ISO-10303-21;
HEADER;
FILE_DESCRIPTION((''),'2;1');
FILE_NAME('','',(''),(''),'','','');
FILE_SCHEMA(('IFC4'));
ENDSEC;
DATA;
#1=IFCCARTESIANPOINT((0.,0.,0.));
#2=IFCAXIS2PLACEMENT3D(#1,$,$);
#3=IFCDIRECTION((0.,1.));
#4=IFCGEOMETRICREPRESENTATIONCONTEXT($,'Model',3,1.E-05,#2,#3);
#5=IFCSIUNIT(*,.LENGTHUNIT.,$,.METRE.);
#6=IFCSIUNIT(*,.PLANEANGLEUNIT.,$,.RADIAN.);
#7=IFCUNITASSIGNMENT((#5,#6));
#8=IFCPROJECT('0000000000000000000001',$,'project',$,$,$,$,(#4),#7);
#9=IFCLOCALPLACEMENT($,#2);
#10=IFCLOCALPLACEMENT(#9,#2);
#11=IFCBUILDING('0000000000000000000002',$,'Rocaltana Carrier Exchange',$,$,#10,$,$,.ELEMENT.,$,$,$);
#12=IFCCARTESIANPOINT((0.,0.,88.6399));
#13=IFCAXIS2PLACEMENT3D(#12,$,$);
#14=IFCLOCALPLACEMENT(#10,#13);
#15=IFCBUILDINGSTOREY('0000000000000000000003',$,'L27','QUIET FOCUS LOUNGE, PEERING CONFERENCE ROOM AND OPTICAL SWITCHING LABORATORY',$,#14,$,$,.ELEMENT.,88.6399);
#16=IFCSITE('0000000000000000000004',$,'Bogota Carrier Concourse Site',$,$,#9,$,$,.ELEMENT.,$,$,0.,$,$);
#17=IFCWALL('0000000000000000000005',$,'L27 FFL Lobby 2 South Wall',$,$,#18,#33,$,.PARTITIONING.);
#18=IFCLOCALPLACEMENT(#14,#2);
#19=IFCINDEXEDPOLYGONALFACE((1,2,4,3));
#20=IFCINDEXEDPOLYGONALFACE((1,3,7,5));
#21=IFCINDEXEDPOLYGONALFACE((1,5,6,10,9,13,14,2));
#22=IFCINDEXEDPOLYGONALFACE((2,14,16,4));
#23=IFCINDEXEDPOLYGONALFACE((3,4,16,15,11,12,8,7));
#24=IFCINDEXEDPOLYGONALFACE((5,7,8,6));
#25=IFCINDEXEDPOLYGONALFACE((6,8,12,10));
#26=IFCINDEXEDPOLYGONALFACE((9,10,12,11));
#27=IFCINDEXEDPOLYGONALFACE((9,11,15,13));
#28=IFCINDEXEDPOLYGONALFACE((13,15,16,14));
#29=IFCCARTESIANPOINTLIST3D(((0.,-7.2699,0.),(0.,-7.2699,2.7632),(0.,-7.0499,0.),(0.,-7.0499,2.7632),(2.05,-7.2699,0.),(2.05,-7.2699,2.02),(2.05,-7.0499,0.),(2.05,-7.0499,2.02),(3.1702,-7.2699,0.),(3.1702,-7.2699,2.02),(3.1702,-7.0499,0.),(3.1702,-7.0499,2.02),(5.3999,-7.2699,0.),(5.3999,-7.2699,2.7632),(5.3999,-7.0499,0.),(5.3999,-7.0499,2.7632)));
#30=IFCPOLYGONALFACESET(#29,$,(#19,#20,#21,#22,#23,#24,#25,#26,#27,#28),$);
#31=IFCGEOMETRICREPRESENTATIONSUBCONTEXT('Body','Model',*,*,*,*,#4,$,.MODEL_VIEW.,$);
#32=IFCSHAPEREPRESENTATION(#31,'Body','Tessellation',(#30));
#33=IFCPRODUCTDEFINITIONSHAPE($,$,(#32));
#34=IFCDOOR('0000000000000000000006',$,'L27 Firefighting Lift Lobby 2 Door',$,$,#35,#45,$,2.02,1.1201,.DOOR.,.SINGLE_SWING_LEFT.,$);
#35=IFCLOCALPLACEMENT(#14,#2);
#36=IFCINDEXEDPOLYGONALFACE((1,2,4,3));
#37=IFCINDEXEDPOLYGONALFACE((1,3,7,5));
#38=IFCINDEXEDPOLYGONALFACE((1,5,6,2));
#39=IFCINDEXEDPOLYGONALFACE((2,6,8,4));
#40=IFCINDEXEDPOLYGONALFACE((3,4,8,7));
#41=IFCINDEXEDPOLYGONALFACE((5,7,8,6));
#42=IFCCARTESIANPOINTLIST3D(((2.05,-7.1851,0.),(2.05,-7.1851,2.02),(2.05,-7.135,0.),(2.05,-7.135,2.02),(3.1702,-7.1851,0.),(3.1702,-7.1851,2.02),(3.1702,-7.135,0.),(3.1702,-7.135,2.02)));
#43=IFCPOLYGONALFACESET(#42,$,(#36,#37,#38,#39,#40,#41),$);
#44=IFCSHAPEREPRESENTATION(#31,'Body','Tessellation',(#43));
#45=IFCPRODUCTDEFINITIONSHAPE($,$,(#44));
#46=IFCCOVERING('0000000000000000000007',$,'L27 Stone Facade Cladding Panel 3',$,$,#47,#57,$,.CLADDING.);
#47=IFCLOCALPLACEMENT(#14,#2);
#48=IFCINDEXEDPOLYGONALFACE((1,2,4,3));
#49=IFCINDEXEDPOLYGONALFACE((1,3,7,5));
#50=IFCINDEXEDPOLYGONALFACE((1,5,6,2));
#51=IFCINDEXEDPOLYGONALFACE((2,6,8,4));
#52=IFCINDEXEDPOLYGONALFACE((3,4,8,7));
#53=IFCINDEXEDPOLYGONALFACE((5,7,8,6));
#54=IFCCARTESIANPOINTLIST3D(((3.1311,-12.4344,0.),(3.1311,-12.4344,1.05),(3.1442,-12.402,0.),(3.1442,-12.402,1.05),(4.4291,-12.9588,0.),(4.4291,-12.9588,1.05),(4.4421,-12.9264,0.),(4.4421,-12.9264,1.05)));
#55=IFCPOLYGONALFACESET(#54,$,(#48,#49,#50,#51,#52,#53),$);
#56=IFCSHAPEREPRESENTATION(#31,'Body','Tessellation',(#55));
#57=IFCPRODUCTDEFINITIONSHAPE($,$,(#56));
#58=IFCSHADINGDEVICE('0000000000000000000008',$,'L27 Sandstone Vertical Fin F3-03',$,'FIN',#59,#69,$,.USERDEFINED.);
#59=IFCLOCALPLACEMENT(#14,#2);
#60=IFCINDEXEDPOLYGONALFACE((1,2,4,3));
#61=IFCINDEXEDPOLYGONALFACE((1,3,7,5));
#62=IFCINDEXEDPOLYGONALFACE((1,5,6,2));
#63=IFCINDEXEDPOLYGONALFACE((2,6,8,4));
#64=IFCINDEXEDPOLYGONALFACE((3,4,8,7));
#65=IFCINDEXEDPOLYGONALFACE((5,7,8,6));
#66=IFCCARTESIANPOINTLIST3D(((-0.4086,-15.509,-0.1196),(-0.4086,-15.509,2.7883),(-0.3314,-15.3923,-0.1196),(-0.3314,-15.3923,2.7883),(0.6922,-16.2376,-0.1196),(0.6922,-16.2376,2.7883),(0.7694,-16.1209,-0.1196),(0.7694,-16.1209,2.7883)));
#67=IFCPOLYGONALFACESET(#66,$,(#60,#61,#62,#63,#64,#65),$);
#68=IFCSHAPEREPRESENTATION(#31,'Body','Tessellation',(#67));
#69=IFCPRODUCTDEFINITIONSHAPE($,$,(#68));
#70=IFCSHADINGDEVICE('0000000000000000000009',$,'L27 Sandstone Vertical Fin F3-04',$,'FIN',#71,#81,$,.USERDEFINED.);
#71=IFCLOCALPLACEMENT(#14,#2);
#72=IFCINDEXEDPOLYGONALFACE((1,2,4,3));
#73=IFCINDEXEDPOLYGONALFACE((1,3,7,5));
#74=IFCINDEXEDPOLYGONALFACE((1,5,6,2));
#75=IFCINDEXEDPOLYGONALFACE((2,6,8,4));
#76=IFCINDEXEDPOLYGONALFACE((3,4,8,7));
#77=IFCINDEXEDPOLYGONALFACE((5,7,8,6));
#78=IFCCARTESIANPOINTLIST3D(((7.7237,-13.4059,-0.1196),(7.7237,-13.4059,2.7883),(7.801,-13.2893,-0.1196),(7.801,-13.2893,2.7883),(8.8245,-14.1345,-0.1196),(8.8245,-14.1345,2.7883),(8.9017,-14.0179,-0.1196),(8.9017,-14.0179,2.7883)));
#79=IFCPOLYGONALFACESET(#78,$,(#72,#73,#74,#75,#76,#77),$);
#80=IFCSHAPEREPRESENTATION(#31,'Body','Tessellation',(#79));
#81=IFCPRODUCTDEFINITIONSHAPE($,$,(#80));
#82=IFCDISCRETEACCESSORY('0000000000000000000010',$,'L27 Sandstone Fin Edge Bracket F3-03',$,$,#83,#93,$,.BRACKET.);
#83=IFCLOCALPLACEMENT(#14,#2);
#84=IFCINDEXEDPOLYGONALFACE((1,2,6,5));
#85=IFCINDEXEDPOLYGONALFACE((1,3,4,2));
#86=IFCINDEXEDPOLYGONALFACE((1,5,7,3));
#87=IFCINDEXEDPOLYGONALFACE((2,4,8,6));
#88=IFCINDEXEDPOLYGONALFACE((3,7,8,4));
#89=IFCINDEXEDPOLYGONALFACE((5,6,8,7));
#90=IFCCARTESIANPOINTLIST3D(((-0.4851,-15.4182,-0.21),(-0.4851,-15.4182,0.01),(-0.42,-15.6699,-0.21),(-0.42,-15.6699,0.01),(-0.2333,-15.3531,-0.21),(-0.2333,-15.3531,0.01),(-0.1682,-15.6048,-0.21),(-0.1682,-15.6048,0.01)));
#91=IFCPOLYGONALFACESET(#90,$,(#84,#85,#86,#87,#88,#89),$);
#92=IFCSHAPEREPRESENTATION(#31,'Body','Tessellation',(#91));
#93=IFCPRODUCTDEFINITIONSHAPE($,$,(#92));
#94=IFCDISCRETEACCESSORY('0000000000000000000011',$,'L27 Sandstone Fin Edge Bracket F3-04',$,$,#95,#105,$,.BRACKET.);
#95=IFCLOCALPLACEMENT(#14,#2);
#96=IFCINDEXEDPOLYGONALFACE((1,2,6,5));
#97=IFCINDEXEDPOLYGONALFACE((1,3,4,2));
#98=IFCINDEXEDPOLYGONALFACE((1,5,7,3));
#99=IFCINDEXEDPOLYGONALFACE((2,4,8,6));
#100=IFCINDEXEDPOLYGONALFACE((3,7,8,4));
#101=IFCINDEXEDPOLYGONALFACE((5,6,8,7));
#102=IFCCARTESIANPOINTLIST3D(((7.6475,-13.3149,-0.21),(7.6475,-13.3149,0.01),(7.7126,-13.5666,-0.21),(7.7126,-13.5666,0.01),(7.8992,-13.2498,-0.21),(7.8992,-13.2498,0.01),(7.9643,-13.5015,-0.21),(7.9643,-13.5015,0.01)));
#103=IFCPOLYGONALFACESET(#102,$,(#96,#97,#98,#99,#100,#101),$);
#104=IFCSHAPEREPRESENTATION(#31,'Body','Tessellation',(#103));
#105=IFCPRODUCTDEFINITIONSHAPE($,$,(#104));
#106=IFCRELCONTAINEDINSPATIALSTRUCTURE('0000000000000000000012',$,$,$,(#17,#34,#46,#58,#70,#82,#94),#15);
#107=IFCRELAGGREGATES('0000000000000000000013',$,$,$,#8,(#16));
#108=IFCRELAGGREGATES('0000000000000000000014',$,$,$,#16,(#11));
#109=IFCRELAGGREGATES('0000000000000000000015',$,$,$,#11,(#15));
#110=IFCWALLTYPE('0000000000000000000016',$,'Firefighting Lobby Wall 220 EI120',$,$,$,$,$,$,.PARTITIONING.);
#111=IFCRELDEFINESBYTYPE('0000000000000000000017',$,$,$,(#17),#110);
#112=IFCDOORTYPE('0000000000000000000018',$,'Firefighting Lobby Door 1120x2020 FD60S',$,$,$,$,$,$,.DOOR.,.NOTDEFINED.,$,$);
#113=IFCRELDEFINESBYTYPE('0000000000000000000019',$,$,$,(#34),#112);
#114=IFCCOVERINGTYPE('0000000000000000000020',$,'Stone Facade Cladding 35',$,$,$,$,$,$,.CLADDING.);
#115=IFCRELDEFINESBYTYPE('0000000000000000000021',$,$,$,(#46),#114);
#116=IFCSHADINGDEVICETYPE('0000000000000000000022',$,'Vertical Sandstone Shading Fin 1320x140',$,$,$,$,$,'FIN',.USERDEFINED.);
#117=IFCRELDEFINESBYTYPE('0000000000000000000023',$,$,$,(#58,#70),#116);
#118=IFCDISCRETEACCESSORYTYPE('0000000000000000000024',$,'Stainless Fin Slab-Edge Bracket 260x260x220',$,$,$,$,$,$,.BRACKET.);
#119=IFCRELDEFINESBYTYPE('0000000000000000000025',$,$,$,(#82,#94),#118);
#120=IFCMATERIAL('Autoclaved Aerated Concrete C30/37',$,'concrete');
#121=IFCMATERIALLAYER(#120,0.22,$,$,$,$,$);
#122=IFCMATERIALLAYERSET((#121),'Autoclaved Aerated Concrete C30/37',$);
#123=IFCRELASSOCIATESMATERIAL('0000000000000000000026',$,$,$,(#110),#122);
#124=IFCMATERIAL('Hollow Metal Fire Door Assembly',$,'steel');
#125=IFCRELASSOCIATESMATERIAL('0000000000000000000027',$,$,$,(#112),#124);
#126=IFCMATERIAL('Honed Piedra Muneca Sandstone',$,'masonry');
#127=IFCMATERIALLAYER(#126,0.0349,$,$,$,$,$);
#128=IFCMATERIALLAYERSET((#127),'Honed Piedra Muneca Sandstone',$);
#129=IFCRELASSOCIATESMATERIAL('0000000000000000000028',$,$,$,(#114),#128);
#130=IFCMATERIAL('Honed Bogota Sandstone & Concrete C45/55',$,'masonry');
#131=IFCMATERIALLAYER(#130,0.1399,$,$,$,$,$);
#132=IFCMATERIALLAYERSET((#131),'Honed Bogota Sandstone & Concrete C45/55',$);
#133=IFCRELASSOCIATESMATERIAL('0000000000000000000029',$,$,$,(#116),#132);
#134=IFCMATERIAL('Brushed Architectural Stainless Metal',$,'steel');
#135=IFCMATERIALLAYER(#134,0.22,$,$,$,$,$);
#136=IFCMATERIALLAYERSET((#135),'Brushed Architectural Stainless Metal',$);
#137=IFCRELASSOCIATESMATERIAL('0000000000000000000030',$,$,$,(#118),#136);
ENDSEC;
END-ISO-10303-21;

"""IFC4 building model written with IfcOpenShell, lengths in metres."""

from ifc_helpers import new_model, si_unit, direction, frame, frame_2d, origin, origin_2d, place, context, subcontext, project, spatial, rectangle, extrude, material, layer, layer_set, type_object, element, fill, save


model = new_model("IFC4")

# Units and contexts
model_context = context("Model", 3, precision=1e-05, world=origin(), true_north=direction((0.0, 1.0)))
body_context = subcontext(model_context, "Body", "Model", "MODEL_VIEW")
ifc_project = project(units=[si_unit("LENGTHUNIT", "METRE"), si_unit("PLANEANGLEUNIT", "RADIAN")], contexts=[model_context])

# Site, building, storey
site_placement = place(None, origin())
site = spatial("IfcSite", under=ifc_project, at=site_placement, Name="Bogota Carrier Concourse Site", CompositionType="ELEMENT", RefElevation=0.0)
building_placement = place(site_placement, origin())
building = spatial("IfcBuilding", under=site, at=building_placement, Name="Rocaltana Carrier Exchange", CompositionType="ELEMENT")
storey_placement = place(building_placement, frame((0.0, 0.0, 88.6399)))
storey = spatial("IfcBuildingStorey", under=building, at=storey_placement, Name="L27", Description="QUIET FOCUS LOUNGE, PEERING CONFERENCE ROOM AND OPTICAL SWITCHING LABORATORY", CompositionType="ELEMENT", Elevation=88.6399)

# Shared definitions
ifc_material_1 = material(Name="Autoclaved Aerated Concrete C30/37", Category="concrete")
ifc_layer_1 = layer(ifc_material_1, 0.22)
ifc_layer_set_1 = layer_set([ifc_layer_1], Name="Autoclaved Aerated Concrete C30/37")
wall_type_1 = type_object("IfcWallType", Name="Firefighting Lobby Wall 220 EI120", PredefinedType="PARTITIONING", material=ifc_layer_set_1)

# Wall, opening, door
wall_1_placement = place(storey_placement, frame((0.0, -7.1599, 0.0), z_axis=(0.0, 0.0, 1.0), x_axis=(1.0, 0.0, 0.0)))
wall_1 = element("IfcWall", 1, at=wall_1_placement, inside=storey, type_object=wall_type_1, Name="L27 FFL Lobby 2 South Wall", PredefinedType="PARTITIONING", context=body_context, shape_type="SweptSolid", body=[
    extrude(rectangle(XDim=5.3999, YDim=0.22, at=frame_2d((2.7, 0.0))), origin(), (0.0, 0.0, 1.0), 2.7632),
])
opening_1_placement = place(wall_1_placement, frame((2.05, 0.0, 0.0)))
opening_1 = element("IfcOpeningElement", 2, at=opening_1_placement, cuts=wall_1, PredefinedType="OPENING", context=body_context, shape_type="SweptSolid", body=[
    extrude(rectangle(XDim=1.1201, YDim=2.02, at=frame_2d((0.5601, 1.01))), frame((0.0, 0.1199, 0.0), z_axis=(0.0, -1.0, 0.0), x_axis=(1.0, 0.0, 0.0)), (0.0, 0.0, 1.0), 0.24),
])
ifc_material_2 = material(Name="Hollow Metal Fire Door Assembly", Category="steel")
door_type_1 = type_object("IfcDoorType", Name="Firefighting Lobby Door 1120x2020 FD60S", OperationType="NOTDEFINED", PredefinedType="DOOR", material=ifc_material_2)
door_1_placement = place(opening_1_placement, origin())
door_1 = element("IfcDoor", 3, at=door_1_placement, inside=storey, type_object=door_type_1, Name="L27 Firefighting Lift Lobby 2 Door", OperationType="SINGLE_SWING_LEFT", OverallHeight=2.02, OverallWidth=1.1201, PredefinedType="DOOR", context=body_context, shape_type="SweptSolid", body=[
    extrude(rectangle(XDim=1.1201, YDim=2.02, at=frame_2d((0.5601, 1.01))), frame((0.0, 0.0249, 0.0), z_axis=(0.0, -1.0, 0.0), x_axis=(1.0, 0.0, 0.0)), (0.0, 0.0, 1.0), 0.05),
])
fill(opening_1, door_1)

# Covering
ifc_material_3 = material(Name="Honed Piedra Muneca Sandstone", Category="masonry")
ifc_layer_2 = layer(ifc_material_3, 0.0349)
ifc_layer_set_2 = layer_set([ifc_layer_2], Name="Honed Piedra Muneca Sandstone")
covering_type = type_object("IfcCoveringType", Name="Stone Facade Cladding 35", PredefinedType="CLADDING", material=ifc_layer_set_2)
covering_placement = place(storey_placement, frame((3.7866, -12.6804, 0.0), z_axis=(0.0, 0.0, 1.0), x_axis=(-0.927184, 0.374607, 0.0)))
element("IfcCovering", 4, at=covering_placement, inside=storey, type_object=covering_type, Name="L27 Stone Facade Cladding Panel 3", PredefinedType="CLADDING", context=body_context, shape_type="SweptSolid", body=[
    extrude(rectangle(XDim=1.3999, YDim=0.0349, at=origin_2d()), origin(), (0.0, 0.0, 1.0), 1.05),
])

# Shading devices
ifc_material_4 = material(Name="Honed Bogota Sandstone & Concrete C45/55", Category="masonry")
ifc_layer_3 = layer(ifc_material_4, 0.1399)
ifc_layer_set_3 = layer_set([ifc_layer_3], Name="Honed Bogota Sandstone & Concrete C45/55")
shading_device_type = type_object("IfcShadingDeviceType", Name="Vertical Sandstone Shading Fin 1320x140", ElementType="FIN", PredefinedType="USERDEFINED", material=ifc_layer_set_3)
for number, where, z_axis, x_axis, name in (
    (5, (0.1804, -15.8149, -0.1196), (0.0, 0.0, 1.0), (0.833886, -0.551937, 0.0), "L27 Sandstone Vertical Fin F3-03"),
    (6, (8.3127, -13.7119, -0.1196), (0.0, 0.0, 1.0), (0.833886, -0.551937, 0.0), "L27 Sandstone Vertical Fin F3-04"),
):
    element("IfcShadingDevice", number, at=place(storey_placement, frame(where, z_axis=z_axis, x_axis=x_axis)), inside=storey, type_object=shading_device_type, Name=name, ObjectType="FIN", PredefinedType="USERDEFINED", context=body_context, shape_type="SweptSolid", body=[
        extrude(rectangle(XDim=1.3201, YDim=0.1399, at=origin_2d()), origin(), (0.0, 0.0, 1.0), 2.908),
    ])

# Discrete accessories
ifc_material_5 = material(Name="Brushed Architectural Stainless Metal", Category="steel")
ifc_layer_4 = layer(ifc_material_5, 0.22)
ifc_layer_set_4 = layer_set([ifc_layer_4], Name="Brushed Architectural Stainless Metal")
discrete_accessory_type = type_object("IfcDiscreteAccessoryType", Name="Stainless Fin Slab-Edge Bracket 260x260x220", PredefinedType="BRACKET", material=ifc_layer_set_4)
for number, where, z_axis, x_axis, name in (
    (7, (-0.3267, -15.5115, -0.21), (0.0, 0.0, 1.0), (0.968148, 0.25038, 0.0), "L27 Sandstone Fin Edge Bracket F3-03"),
    (8, (7.8059, -13.4082, -0.21), (0.0, 0.0, 1.0), (0.968148, 0.25038, 0.0), "L27 Sandstone Fin Edge Bracket F3-04"),
):
    element("IfcDiscreteAccessory", number, at=place(storey_placement, frame(where, z_axis=z_axis, x_axis=x_axis)), inside=storey, type_object=discrete_accessory_type, Name=name, PredefinedType="BRACKET", context=body_context, shape_type="SweptSolid", body=[
        extrude(rectangle(XDim=0.26, YDim=0.26, at=origin_2d()), origin(), (0.0, 0.0, 1.0), 0.22),
    ])

save(model, "model.ifc")
